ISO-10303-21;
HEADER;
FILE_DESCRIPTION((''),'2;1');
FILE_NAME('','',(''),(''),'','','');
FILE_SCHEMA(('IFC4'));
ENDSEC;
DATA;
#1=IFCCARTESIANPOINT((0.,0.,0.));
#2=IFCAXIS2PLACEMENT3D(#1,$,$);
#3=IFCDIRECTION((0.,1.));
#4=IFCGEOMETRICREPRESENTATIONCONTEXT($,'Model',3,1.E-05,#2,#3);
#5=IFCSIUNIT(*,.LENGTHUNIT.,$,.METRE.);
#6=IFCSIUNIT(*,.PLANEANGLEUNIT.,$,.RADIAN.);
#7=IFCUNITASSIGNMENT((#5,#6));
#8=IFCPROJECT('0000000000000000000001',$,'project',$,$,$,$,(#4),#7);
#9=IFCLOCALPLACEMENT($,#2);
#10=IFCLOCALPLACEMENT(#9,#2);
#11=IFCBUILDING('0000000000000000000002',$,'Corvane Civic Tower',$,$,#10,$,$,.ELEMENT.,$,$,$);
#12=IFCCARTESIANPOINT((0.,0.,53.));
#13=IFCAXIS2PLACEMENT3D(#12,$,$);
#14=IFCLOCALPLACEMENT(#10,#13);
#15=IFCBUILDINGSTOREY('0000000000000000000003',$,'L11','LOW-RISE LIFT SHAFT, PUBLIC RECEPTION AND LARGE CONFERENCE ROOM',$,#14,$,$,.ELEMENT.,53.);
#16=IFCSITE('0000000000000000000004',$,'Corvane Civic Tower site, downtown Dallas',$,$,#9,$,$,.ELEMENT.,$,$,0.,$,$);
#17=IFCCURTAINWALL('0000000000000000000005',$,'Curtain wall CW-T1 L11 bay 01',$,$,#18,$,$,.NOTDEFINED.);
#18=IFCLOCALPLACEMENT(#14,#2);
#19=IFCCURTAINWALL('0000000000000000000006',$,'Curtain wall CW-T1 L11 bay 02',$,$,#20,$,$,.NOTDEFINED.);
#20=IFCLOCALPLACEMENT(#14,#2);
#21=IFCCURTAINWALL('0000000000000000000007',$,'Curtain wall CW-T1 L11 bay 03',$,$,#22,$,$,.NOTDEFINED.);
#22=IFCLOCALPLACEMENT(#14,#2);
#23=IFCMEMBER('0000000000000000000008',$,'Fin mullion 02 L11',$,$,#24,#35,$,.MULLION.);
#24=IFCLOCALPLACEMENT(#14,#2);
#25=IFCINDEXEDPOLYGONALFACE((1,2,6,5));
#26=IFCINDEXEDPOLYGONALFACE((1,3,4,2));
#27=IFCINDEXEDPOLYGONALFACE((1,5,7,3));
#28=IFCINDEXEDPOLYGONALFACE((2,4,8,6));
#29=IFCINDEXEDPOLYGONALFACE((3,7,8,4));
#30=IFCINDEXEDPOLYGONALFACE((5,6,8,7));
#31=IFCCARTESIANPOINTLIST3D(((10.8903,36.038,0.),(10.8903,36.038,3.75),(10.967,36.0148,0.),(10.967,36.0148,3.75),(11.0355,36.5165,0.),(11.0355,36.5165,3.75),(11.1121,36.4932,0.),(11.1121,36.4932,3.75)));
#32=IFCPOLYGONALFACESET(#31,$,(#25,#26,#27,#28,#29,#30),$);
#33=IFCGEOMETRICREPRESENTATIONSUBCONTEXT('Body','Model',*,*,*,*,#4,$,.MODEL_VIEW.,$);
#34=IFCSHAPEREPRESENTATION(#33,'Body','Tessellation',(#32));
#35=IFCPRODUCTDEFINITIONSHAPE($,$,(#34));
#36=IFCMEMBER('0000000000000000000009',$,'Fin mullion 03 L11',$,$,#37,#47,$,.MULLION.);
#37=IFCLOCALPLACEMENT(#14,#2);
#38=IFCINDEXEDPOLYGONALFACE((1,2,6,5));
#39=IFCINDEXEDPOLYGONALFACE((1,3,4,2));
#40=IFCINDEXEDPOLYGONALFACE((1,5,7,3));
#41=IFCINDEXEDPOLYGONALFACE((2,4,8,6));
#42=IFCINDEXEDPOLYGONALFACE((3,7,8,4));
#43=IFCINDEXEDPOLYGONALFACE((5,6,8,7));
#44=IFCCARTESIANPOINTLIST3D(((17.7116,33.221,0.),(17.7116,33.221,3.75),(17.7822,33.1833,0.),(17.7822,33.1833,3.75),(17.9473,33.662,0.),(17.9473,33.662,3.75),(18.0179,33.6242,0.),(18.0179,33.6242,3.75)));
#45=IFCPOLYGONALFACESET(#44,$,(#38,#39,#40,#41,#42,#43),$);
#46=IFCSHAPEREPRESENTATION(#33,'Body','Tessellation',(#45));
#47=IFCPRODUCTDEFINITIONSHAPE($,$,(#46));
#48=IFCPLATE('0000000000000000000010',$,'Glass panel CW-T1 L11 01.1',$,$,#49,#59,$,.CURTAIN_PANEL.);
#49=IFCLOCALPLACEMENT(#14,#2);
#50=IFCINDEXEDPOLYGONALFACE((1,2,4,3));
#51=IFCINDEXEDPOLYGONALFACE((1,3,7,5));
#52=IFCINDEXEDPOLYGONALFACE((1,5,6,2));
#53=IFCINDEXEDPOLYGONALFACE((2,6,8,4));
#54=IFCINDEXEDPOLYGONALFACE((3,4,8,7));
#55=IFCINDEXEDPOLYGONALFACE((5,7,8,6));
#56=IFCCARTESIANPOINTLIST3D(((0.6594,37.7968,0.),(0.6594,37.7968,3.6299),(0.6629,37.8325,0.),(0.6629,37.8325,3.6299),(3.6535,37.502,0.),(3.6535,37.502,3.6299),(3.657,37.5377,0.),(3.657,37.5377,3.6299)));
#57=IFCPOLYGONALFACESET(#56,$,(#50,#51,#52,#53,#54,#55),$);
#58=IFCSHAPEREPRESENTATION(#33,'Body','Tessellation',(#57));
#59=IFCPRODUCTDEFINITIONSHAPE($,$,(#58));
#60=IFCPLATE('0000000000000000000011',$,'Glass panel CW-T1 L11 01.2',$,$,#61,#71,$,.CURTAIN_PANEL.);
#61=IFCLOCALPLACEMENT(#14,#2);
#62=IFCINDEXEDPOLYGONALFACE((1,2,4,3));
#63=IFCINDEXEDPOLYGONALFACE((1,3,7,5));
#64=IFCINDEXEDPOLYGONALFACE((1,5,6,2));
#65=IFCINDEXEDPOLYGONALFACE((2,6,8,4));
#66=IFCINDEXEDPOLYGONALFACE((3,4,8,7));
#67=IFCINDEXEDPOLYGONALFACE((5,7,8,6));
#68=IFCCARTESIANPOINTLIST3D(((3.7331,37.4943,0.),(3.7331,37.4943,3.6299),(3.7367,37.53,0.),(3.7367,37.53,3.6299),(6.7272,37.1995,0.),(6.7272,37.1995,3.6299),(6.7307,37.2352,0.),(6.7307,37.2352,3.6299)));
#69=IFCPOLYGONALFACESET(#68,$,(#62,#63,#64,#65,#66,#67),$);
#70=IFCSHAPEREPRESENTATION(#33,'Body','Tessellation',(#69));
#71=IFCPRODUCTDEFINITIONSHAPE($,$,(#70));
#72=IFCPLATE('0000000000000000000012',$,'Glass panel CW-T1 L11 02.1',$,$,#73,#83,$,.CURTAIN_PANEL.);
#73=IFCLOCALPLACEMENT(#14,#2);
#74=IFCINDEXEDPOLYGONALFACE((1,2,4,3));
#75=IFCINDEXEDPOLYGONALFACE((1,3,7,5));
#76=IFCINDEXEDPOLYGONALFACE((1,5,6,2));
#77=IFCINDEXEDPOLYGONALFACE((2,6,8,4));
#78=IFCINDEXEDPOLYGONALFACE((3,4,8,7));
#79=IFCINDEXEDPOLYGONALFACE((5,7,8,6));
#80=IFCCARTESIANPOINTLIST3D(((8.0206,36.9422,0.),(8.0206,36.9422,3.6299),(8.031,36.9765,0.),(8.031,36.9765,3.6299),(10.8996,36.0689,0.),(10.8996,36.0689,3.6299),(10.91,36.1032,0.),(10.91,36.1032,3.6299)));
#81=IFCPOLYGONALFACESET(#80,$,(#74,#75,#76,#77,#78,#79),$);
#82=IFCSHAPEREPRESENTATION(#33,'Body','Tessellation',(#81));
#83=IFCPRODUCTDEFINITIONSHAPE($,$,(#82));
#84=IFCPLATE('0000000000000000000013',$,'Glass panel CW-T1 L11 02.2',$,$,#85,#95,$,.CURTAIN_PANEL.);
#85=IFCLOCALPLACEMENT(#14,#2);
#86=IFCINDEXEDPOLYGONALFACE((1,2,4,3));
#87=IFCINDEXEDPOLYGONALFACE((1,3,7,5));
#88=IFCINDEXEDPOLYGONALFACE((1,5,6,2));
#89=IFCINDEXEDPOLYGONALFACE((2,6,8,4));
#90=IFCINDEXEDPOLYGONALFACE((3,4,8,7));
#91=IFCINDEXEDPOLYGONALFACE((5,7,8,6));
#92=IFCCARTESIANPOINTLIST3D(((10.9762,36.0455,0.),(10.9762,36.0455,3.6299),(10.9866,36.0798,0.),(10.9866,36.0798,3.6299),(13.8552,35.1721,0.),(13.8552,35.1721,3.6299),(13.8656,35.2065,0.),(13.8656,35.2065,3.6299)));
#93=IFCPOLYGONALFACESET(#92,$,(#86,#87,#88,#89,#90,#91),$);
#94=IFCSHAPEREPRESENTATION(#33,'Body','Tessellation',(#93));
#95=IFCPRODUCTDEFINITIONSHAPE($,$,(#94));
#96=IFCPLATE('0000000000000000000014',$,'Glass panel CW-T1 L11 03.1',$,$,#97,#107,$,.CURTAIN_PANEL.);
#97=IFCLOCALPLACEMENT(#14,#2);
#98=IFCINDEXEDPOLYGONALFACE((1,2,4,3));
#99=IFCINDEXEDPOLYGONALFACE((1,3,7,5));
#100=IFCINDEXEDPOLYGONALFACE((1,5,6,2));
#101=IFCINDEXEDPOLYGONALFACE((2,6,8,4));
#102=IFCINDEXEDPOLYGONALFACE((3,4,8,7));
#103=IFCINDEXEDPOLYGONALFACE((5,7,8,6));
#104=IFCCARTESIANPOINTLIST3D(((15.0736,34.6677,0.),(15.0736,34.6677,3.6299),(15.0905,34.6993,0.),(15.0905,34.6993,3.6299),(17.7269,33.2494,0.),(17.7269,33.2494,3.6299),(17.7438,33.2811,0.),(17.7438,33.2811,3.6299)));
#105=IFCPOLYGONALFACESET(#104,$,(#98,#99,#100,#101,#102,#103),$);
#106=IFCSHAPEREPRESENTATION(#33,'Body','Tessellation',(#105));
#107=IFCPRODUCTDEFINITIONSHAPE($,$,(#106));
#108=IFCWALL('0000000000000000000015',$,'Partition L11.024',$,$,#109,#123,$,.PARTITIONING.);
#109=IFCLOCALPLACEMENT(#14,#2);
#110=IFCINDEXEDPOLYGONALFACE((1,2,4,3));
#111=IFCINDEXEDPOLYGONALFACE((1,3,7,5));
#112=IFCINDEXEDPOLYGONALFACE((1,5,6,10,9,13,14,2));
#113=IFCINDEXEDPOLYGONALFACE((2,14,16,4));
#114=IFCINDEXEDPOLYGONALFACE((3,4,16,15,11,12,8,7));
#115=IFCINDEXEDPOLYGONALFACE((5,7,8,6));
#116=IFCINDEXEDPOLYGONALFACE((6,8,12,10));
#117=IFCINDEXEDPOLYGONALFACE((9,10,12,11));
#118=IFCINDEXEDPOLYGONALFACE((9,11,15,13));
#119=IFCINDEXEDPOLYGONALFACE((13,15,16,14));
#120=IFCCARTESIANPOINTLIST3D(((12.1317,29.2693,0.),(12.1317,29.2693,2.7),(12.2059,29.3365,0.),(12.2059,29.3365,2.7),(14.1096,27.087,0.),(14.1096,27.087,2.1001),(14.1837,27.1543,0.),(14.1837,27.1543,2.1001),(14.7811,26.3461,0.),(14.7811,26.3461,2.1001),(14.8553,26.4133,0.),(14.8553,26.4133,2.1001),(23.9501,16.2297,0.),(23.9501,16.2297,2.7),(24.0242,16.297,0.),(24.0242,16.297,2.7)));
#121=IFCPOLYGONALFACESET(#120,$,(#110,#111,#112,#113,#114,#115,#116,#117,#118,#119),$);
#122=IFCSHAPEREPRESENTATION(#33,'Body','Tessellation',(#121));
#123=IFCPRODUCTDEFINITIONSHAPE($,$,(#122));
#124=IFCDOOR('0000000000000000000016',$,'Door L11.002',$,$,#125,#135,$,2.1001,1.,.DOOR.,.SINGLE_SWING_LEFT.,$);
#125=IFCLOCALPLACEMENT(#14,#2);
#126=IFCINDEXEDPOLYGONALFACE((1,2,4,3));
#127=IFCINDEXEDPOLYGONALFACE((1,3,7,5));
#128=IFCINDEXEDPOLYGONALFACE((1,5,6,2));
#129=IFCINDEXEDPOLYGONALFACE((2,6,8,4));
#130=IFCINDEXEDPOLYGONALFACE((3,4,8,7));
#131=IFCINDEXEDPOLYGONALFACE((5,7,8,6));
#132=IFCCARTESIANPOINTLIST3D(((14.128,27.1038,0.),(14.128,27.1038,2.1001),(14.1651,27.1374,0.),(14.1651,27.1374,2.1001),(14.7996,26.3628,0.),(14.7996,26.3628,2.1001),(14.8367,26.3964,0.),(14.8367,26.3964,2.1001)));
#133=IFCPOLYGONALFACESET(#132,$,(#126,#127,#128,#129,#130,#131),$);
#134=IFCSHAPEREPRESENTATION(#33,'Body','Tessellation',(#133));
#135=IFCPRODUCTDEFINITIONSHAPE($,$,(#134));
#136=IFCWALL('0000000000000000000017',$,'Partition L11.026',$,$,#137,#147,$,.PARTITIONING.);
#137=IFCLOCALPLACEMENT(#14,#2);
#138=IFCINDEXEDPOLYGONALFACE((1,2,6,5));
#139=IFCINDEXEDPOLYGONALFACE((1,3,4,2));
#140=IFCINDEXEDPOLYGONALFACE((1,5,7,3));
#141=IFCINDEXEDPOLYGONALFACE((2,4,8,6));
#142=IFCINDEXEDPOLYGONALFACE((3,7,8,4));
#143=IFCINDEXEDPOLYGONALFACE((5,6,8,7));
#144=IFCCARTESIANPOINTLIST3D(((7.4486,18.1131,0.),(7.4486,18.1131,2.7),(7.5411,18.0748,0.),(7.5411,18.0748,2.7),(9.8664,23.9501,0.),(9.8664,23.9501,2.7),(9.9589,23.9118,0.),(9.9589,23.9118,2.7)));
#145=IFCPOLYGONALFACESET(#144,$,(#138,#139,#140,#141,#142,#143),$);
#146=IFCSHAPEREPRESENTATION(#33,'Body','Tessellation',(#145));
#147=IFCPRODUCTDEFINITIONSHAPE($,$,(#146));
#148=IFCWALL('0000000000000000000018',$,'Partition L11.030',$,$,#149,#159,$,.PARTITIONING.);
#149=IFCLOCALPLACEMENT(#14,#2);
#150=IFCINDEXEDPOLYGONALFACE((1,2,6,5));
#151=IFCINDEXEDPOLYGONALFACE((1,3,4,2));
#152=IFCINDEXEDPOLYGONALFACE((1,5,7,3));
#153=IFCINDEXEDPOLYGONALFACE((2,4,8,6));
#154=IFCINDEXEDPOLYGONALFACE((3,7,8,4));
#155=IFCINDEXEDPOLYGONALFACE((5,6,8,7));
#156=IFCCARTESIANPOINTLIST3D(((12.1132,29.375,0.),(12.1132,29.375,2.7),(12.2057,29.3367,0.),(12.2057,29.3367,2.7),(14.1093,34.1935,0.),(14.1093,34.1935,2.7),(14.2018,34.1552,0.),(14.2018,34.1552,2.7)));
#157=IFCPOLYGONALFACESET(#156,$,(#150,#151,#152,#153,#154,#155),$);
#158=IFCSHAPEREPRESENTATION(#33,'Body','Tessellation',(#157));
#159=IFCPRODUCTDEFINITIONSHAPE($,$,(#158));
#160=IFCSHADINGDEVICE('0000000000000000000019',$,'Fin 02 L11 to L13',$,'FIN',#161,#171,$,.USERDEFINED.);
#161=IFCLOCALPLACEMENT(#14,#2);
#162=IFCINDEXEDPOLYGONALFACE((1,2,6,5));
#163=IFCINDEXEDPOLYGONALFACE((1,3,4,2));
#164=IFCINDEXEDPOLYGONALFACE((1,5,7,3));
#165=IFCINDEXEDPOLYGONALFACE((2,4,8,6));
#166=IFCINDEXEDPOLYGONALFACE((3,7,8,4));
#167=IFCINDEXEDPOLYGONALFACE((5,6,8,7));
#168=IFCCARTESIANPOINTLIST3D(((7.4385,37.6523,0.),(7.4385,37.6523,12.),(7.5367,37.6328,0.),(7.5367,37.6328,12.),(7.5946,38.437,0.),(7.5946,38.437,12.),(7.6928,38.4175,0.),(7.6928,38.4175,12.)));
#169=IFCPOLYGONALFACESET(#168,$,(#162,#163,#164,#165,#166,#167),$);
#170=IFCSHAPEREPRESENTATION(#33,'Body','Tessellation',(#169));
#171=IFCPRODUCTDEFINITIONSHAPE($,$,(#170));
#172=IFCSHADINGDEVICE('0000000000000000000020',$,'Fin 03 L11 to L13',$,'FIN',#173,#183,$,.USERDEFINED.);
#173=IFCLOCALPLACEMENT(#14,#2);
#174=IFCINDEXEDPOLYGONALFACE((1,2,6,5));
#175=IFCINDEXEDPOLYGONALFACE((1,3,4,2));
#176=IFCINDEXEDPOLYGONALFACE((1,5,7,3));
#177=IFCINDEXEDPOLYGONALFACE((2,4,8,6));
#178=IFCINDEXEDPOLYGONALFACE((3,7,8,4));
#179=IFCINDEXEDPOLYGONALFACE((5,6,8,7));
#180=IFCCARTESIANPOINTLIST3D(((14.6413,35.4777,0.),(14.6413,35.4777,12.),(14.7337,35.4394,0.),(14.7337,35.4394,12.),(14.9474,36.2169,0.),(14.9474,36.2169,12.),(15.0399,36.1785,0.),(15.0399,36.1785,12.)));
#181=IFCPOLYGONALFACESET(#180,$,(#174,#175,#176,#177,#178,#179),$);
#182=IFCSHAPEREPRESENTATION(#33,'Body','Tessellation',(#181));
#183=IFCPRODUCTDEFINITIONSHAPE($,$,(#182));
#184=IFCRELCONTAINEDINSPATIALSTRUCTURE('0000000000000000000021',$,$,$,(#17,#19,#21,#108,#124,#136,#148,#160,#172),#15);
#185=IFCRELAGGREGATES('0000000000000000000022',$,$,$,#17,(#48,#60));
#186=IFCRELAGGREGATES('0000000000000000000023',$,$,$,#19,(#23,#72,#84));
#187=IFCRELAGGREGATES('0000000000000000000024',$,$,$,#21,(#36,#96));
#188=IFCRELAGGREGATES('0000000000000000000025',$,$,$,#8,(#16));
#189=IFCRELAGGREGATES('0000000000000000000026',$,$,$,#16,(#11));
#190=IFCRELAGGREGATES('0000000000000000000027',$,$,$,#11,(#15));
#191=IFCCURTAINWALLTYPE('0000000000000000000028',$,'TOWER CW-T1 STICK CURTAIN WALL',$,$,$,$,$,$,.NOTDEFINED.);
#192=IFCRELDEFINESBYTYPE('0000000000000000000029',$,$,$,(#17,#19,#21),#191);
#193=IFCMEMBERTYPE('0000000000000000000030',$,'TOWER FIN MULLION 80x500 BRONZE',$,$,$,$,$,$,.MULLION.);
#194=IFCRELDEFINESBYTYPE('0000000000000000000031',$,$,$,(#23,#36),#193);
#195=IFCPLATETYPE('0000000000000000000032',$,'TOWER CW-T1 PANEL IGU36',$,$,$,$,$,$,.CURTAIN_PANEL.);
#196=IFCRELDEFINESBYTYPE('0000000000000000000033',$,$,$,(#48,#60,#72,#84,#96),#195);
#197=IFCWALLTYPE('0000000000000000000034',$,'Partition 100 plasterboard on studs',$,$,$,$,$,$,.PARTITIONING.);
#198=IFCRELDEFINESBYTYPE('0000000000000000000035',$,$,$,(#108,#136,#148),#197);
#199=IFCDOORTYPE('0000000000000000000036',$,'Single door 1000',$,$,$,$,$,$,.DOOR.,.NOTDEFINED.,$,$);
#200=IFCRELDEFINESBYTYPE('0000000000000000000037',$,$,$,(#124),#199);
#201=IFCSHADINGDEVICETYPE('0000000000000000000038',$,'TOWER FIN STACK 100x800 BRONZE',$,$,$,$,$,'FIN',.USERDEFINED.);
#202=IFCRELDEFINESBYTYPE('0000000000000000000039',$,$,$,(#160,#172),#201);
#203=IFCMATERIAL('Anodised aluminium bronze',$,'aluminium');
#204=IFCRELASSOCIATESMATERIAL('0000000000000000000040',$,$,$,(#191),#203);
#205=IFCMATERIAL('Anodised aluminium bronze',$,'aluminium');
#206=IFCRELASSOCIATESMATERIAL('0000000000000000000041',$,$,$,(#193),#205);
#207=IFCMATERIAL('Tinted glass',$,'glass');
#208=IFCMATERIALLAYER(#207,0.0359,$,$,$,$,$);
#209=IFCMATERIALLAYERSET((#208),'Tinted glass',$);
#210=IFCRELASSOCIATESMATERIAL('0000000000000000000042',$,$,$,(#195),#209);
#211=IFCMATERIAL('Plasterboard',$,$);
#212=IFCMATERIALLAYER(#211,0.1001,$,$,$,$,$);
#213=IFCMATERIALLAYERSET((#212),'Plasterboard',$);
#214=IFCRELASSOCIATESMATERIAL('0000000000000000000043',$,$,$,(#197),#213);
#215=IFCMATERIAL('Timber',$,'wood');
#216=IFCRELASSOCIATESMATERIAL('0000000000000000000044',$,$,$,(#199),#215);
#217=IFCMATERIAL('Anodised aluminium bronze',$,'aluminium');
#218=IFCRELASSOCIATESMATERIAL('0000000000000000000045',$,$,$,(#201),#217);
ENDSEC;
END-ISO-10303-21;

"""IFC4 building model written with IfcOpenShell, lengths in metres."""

from ifc_helpers import new_model, si_unit, direction, frame, frame_2d, origin, origin_2d, place, context, subcontext, project, spatial, rectangle, extrude, material, layer, layer_set, material_profile, profile_set, type_object, element, fill, aggregate, save


model = new_model("IFC4")

# Units and contexts
model_context = context("Model", 3, precision=1e-05, world=origin(), true_north=direction((0.0, 1.0)))
body_context = subcontext(model_context, "Body", "Model", "MODEL_VIEW")
ifc_project = project(units=[si_unit("LENGTHUNIT", "METRE"), si_unit("PLANEANGLEUNIT", "RADIAN")], contexts=[model_context])

# Site, building, storey
site_placement = place(None, origin())
site = spatial("IfcSite", under=ifc_project, at=site_placement, Name="Corvane Civic Tower site, downtown Dallas", CompositionType="ELEMENT", RefElevation=0.0)
building_placement = place(site_placement, origin())
building = spatial("IfcBuilding", under=site, at=building_placement, Name="Corvane Civic Tower", CompositionType="ELEMENT")
storey_placement = place(building_placement, frame((0.0, 0.0, 53.0)))
storey = spatial("IfcBuildingStorey", under=building, at=storey_placement, Name="L11", Description="LOW-RISE LIFT SHAFT, PUBLIC RECEPTION AND LARGE CONFERENCE ROOM", CompositionType="ELEMENT", Elevation=53.0)

# Curtain walls
ifc_material_1 = material(Name="Anodised aluminium bronze", Category="aluminium")
curtain_wall_type = type_object("IfcCurtainWallType", Name="TOWER CW-T1 STICK CURTAIN WALL", PredefinedType="NOTDEFINED", material=ifc_material_1)
curtain_wall_1_placement = place(storey_placement, origin())
curtain_wall_1 = element("IfcCurtainWall", 1, at=curtain_wall_1_placement, inside=storey, type_object=curtain_wall_type, Name="Curtain wall CW-T1 L11 bay 01", PredefinedType="NOTDEFINED")
curtain_wall_2_placement = place(storey_placement, origin())
curtain_wall_2 = element("IfcCurtainWall", 2, at=curtain_wall_2_placement, inside=storey, type_object=curtain_wall_type, Name="Curtain wall CW-T1 L11 bay 02", PredefinedType="NOTDEFINED")
curtain_wall_3_placement = place(storey_placement, origin())
curtain_wall_3 = element("IfcCurtainWall", 3, at=curtain_wall_3_placement, inside=storey, type_object=curtain_wall_type, Name="Curtain wall CW-T1 L11 bay 03", PredefinedType="NOTDEFINED")

# Members
ifc_material_2 = material(Name="Anodised aluminium bronze", Category="aluminium")
ifc_material_profile_1 = material_profile(ifc_material_2, rectangle(XDim=0.0801, YDim=0.5, at=origin_2d()), Name="TOWER FIN MULLION 80x500 BRONZE")
ifc_profile_set_1 = profile_set([ifc_material_profile_1], Name="Anodised aluminium bronze")
member_type_1 = type_object("IfcMemberType", Name="TOWER FIN MULLION 80x500 BRONZE", PredefinedType="MULLION", material=ifc_profile_set_1)
member_1_placement = place(storey_placement, frame((11.0012, 36.2656, 0.0), z_axis=(0.0, 0.0, 1.0), x_axis=(0.956942, -0.290278, 0.0)))
member_1 = element("IfcMember", 4, at=member_1_placement, type_object=member_type_1, Name="Fin mullion 02 L11", PredefinedType="MULLION", context=body_context, shape_type="SweptSolid", body=[
    extrude(rectangle(XDim=0.0801, YDim=0.5, at=origin_2d()), origin(), (0.0, 0.0, 1.0), 3.75),
])
member_2_placement = place(storey_placement, frame((17.8647, 33.4226, 0.0), z_axis=(0.0, 0.0, 1.0), x_axis=(0.881918, -0.471404, 0.0)))
member_2 = element("IfcMember", 5, at=member_2_placement, type_object=member_type_1, Name="Fin mullion 03 L11", PredefinedType="MULLION", context=body_context, shape_type="SweptSolid", body=[
    extrude(rectangle(XDim=0.0801, YDim=0.5, at=origin_2d()), origin(), (0.0, 0.0, 1.0), 3.75),
])

# Plates
ifc_material_3 = material(Name="Tinted glass", Category="glass")
ifc_layer_1 = layer(ifc_material_3, 0.0359)
ifc_layer_set_1 = layer_set([ifc_layer_1], Name="Tinted glass")
plate_type = type_object("IfcPlateType", Name="TOWER CW-T1 PANEL IGU36", PredefinedType="CURTAIN_PANEL", material=ifc_layer_set_1)
plate_1_placement = place(storey_placement, frame((2.1582, 37.6672, 0.0), z_axis=(0.0, 0.0, 1.0), x_axis=(0.995186, -0.098006, 0.0)))
plate_1 = element("IfcPlate", 6, at=plate_1_placement, type_object=plate_type, Name="Glass panel CW-T1 L11 01.1", PredefinedType="CURTAIN_PANEL", context=body_context, shape_type="SweptSolid", body=[
    extrude(rectangle(XDim=3.0085, YDim=0.0359, at=origin_2d()), origin(), (0.0, 0.0, 1.0), 3.6299),
])
plate_2_placement = place(storey_placement, frame((5.2319, 37.3647, 0.0), z_axis=(0.0, 0.0, 1.0), x_axis=(0.995186, -0.098006, 0.0)))
plate_2 = element("IfcPlate", 7, at=plate_2_placement, type_object=plate_type, Name="Glass panel CW-T1 L11 01.2", PredefinedType="CURTAIN_PANEL", context=body_context, shape_type="SweptSolid", body=[
    extrude(rectangle(XDim=3.0085, YDim=0.0359, at=origin_2d()), origin(), (0.0, 0.0, 1.0), 3.6299),
])
aggregate(curtain_wall_1, [plate_1, plate_2])
plate_3_placement = place(storey_placement, frame((9.4653, 36.5227, 0.0), z_axis=(0.0, 0.0, 1.0), x_axis=(0.956942, -0.290278, 0.0)))
plate_3 = element("IfcPlate", 8, at=plate_3_placement, type_object=plate_type, Name="Glass panel CW-T1 L11 02.1", PredefinedType="CURTAIN_PANEL", context=body_context, shape_type="SweptSolid", body=[
    extrude(rectangle(XDim=3.0085, YDim=0.0359, at=origin_2d()), origin(), (0.0, 0.0, 1.0), 3.6299),
])
plate_4_placement = place(storey_placement, frame((12.4209, 35.626, 0.0), z_axis=(0.0, 0.0, 1.0), x_axis=(0.956942, -0.290278, 0.0)))
plate_4 = element("IfcPlate", 9, at=plate_4_placement, type_object=plate_type, Name="Glass panel CW-T1 L11 02.2", PredefinedType="CURTAIN_PANEL", context=body_context, shape_type="SweptSolid", body=[
    extrude(rectangle(XDim=3.0085, YDim=0.0359, at=origin_2d()), origin(), (0.0, 0.0, 1.0), 3.6299),
])
aggregate(curtain_wall_2, [member_1, plate_3, plate_4])
plate_5_placement = place(storey_placement, frame((16.4087, 33.9744, 0.0), z_axis=(0.0, 0.0, 1.0), x_axis=(0.881918, -0.471404, 0.0)))
plate_5 = element("IfcPlate", 10, at=plate_5_placement, type_object=plate_type, Name="Glass panel CW-T1 L11 03.1", PredefinedType="CURTAIN_PANEL", context=body_context, shape_type="SweptSolid", body=[
    extrude(rectangle(XDim=3.0085, YDim=0.0359, at=origin_2d()), origin(), (0.0, 0.0, 1.0), 3.6299),
])
aggregate(curtain_wall_3, [member_2, plate_5])

# Wall, opening, door
ifc_material_4 = material(Name="Plasterboard")
ifc_layer_2 = layer(ifc_material_4, 0.1001)
ifc_layer_set_2 = layer_set([ifc_layer_2], Name="Plasterboard")
wall_type = type_object("IfcWallType", Name="Partition 100 plasterboard on studs", PredefinedType="PARTITIONING", material=ifc_layer_set_2)
wall_1_placement = place(storey_placement, frame((12.1687, 29.303, 0.0), z_axis=(0.0, 0.0, 1.0), x_axis=(0.671559, -0.740951, 0.0)))
wall_1 = element("IfcWall", 11, at=wall_1_placement, inside=storey, type_object=wall_type, Name="Partition L11.024", PredefinedType="PARTITIONING", context=body_context, shape_type="SweptSolid", body=[
    extrude(rectangle(XDim=17.5984, YDim=0.1001, at=frame_2d((8.7993, 0.0))), origin(), (0.0, 0.0, 1.0), 2.7),
])
opening_placement = place(wall_1_placement, frame((2.9453, 0.0, 0.0)))
opening = element("IfcOpeningElement", 12, at=opening_placement, cuts=wall_1, PredefinedType="OPENING", context=body_context, shape_type="SweptSolid", body=[
    extrude(rectangle(XDim=1.0, YDim=2.1001, at=frame_2d((0.5, 1.05))), frame((0.0, 0.0601, 0.0), z_axis=(0.0, -1.0, 0.0), x_axis=(1.0, 0.0, 0.0)), (0.0, 0.0, 1.0), 0.1201),
])
ifc_material_5 = material(Name="Timber", Category="wood")
door_type = type_object("IfcDoorType", Name="Single door 1000", OperationType="NOTDEFINED", PredefinedType="DOOR", material=ifc_material_5)
door_placement = place(opening_placement, origin())
door = element("IfcDoor", 13, at=door_placement, inside=storey, type_object=door_type, Name="Door L11.002", OperationType="SINGLE_SWING_LEFT", OverallHeight=2.1001, OverallWidth=1.0, PredefinedType="DOOR", context=body_context, shape_type="SweptSolid", body=[
    extrude(rectangle(XDim=1.0, YDim=2.1001, at=frame_2d((0.5, 1.05))), frame((0.0, 0.0249, 0.0), z_axis=(0.0, -1.0, 0.0), x_axis=(1.0, 0.0, 0.0)), (0.0, 0.0, 1.0), 0.05),
])
fill(opening, door)

# Walls
wall_2_placement = place(storey_placement, frame((7.4949, 18.094, 0.0), z_axis=(0.0, 0.0, 1.0), x_axis=(0.382683, 0.92388, 0.0)))
element("IfcWall", 14, at=wall_2_placement, inside=storey, type_object=wall_type, Name="Partition L11.026", PredefinedType="PARTITIONING", context=body_context, shape_type="SweptSolid", body=[
    extrude(rectangle(XDim=6.3179, YDim=0.1001, at=frame_2d((3.1589, 0.0))), origin(), (0.0, 0.0, 1.0), 2.7),
])
wall_3_placement = place(storey_placement, frame((12.1594, 29.3557, 0.0), z_axis=(0.0, 0.0, 1.0), x_axis=(0.38271, 0.923868, 0.0)))
element("IfcWall", 15, at=wall_3_placement, inside=storey, type_object=wall_type, Name="Partition L11.030", PredefinedType="PARTITIONING", context=body_context, shape_type="SweptSolid", body=[
    extrude(rectangle(XDim=5.2156, YDim=0.1001, at=frame_2d((2.6079, 0.0))), origin(), (0.0, 0.0, 1.0), 2.7),
])

# Shading devices
ifc_material_6 = material(Name="Anodised aluminium bronze", Category="aluminium")
ifc_material_profile_2 = material_profile(ifc_material_6, rectangle(XDim=0.1001, YDim=0.8, at=origin_2d()), Name="TOWER FIN STACK 100x800 BRONZE")
ifc_profile_set_2 = profile_set([ifc_material_profile_2], Name="Anodised aluminium bronze")
shading_device_type = type_object("IfcShadingDeviceType", Name="TOWER FIN STACK 100x800 BRONZE", ElementType="FIN", PredefinedType="USERDEFINED", material=ifc_profile_set_2)
for number, where, z_axis, x_axis, name in (
    (16, (7.5657, 38.0349, 0.0), (0.0, 0.0, 1.0), (0.980785, -0.19509, 0.0), "Fin 02 L11 to L13"),
    (17, (14.8406, 35.8281, 0.0), (0.0, 0.0, 1.0), (0.92388, -0.382683, 0.0), "Fin 03 L11 to L13"),
):
    element("IfcShadingDevice", number, at=place(storey_placement, frame(where, z_axis=z_axis, x_axis=x_axis)), inside=storey, type_object=shading_device_type, Name=name, ObjectType="FIN", PredefinedType="USERDEFINED", context=body_context, shape_type="SweptSolid", body=[
        extrude(rectangle(XDim=0.1001, YDim=0.8, at=origin_2d()), origin(), (0.0, 0.0, 1.0), 12.0),
    ])

save(model, "model.ifc")
